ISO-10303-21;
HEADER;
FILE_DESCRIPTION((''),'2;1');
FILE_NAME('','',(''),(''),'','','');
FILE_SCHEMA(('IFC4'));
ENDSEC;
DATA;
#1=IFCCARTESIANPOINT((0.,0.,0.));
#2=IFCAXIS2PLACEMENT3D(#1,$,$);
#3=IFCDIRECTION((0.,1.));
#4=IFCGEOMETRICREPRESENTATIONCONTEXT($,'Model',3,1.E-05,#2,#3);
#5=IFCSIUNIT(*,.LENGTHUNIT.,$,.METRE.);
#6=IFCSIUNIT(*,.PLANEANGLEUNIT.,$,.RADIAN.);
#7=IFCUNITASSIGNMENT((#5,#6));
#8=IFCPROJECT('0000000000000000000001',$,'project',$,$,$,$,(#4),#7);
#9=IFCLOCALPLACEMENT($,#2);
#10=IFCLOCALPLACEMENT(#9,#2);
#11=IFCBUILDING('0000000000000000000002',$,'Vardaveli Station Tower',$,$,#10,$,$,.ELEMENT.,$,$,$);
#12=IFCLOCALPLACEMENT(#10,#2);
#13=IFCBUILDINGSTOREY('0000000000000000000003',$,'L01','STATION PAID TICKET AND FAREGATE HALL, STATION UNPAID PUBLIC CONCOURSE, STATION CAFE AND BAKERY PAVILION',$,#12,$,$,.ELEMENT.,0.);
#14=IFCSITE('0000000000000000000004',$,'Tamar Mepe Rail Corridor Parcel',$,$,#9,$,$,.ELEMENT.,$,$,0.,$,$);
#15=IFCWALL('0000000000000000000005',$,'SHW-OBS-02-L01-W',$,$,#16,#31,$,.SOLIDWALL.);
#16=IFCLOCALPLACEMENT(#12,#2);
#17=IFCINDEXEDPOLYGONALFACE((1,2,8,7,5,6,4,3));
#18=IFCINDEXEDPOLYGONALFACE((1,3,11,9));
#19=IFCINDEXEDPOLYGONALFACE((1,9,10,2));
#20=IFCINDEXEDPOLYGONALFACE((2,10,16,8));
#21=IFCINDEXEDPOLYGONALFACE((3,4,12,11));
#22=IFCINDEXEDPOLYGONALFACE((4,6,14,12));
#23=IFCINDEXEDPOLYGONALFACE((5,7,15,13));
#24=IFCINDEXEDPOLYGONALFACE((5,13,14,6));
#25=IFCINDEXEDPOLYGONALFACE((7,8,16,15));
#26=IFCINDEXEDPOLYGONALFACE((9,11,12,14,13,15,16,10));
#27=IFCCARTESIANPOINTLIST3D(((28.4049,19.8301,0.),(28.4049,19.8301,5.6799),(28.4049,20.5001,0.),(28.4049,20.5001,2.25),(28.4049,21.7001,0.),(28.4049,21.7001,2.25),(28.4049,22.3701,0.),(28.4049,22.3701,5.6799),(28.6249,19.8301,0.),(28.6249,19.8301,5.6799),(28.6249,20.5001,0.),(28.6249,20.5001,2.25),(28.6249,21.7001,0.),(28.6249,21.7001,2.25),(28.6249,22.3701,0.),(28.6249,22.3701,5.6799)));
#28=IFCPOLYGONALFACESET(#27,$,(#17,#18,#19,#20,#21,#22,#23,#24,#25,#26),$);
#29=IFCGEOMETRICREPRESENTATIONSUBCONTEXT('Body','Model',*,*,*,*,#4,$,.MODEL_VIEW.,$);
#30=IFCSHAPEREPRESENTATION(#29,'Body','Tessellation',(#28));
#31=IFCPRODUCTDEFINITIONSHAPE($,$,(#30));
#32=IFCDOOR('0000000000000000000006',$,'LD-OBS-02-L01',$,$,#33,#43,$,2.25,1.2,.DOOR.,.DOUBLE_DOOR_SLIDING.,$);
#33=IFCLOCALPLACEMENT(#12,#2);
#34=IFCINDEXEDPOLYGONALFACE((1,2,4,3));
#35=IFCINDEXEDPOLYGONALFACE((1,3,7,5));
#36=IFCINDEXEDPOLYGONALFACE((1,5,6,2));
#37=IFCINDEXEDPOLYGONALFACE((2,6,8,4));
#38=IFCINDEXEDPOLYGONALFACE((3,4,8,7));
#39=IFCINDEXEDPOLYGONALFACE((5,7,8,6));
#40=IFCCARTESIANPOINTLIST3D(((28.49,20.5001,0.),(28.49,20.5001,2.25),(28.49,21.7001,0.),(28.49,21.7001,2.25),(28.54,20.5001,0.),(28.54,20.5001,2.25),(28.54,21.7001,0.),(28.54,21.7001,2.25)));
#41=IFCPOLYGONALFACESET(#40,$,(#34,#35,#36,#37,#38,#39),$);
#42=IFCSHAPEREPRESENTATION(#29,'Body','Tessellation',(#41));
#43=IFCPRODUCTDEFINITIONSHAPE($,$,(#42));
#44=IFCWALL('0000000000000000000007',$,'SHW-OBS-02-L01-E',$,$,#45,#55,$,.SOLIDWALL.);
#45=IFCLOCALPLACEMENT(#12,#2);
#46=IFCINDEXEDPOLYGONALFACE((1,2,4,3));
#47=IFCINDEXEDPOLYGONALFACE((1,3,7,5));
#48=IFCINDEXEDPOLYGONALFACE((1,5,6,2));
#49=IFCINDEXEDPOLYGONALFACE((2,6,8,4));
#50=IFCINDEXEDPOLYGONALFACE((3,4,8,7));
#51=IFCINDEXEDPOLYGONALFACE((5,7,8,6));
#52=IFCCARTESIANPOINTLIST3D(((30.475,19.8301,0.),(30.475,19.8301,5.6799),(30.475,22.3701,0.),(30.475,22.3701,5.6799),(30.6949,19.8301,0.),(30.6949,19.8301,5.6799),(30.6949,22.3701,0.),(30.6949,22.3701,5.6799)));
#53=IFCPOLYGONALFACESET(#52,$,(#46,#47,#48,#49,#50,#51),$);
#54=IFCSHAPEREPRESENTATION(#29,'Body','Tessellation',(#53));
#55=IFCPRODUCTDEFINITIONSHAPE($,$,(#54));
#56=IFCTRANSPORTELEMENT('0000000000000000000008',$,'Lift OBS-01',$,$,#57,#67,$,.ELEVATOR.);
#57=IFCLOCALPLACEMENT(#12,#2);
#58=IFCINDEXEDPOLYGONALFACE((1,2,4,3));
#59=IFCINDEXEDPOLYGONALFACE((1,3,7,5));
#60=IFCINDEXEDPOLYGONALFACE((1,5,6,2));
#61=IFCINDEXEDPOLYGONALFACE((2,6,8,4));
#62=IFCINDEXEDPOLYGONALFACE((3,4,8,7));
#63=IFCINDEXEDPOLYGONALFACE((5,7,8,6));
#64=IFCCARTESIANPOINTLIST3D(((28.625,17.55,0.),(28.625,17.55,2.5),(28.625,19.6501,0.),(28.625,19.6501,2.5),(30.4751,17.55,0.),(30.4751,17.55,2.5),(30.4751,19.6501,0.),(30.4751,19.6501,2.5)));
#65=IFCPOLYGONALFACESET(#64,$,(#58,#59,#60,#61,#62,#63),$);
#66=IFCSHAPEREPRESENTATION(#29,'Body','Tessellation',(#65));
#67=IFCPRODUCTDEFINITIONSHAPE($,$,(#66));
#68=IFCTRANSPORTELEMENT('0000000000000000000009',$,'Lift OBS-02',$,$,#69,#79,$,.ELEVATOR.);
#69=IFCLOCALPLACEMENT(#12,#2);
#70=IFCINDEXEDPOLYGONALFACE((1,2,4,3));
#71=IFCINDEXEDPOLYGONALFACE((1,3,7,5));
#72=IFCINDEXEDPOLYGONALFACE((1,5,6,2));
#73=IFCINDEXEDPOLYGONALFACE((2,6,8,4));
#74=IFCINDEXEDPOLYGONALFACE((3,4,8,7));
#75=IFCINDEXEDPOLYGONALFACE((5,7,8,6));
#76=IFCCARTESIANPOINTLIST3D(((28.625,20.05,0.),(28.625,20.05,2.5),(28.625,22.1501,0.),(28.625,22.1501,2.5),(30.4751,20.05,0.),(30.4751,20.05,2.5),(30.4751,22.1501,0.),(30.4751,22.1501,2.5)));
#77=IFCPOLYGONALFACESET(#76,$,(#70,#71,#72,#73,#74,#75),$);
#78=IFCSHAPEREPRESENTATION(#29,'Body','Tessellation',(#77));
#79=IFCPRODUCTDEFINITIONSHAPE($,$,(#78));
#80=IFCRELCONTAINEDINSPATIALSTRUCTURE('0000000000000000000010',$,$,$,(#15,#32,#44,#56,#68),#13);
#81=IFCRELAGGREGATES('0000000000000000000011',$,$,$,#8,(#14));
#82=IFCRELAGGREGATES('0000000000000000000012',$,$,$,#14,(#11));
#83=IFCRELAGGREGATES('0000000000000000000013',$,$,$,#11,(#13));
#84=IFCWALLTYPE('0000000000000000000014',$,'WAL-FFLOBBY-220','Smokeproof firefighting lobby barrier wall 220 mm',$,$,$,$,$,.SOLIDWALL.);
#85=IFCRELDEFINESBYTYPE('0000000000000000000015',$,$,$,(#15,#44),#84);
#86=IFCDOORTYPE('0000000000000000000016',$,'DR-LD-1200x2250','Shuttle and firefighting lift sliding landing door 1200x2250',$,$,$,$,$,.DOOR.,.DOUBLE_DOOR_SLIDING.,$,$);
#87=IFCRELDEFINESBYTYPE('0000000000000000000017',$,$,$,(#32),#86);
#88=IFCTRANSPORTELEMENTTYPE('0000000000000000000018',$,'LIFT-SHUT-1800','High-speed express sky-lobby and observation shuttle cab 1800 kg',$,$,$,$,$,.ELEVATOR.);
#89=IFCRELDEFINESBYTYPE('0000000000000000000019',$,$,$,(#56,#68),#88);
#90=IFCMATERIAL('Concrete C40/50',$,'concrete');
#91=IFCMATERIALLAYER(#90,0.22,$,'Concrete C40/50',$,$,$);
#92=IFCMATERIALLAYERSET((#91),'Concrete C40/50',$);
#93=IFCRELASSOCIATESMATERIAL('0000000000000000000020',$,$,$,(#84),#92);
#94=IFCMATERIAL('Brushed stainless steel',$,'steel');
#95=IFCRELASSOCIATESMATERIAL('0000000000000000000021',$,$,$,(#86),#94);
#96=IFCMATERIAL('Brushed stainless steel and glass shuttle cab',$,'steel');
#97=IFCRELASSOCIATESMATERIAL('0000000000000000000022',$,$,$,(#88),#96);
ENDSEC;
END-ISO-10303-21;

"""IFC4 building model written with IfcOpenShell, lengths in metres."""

from ifc_helpers import new_model, si_unit, direction, frame, frame_2d, origin, origin_2d, place, context, subcontext, project, spatial, rectangle, extrude, source, transform, mapped, material, layer, layer_set, type_object, element, fill, save


model = new_model("IFC4")

# Units and contexts
model_context = context("Model", 3, precision=1e-05, world=origin(), true_north=direction((0.0, 1.0)))
body_context = subcontext(model_context, "Body", "Model", "MODEL_VIEW")
ifc_project = project(units=[si_unit("LENGTHUNIT", "METRE"), si_unit("PLANEANGLEUNIT", "RADIAN")], contexts=[model_context])

# Site, building, storey
site_placement = place(None, origin())
site = spatial("IfcSite", under=ifc_project, at=site_placement, Name="Tamar Mepe Rail Corridor Parcel", CompositionType="ELEMENT", RefElevation=0.0)
building_placement = place(site_placement, origin())
building = spatial("IfcBuilding", under=site, at=building_placement, Name="Vardaveli Station Tower", CompositionType="ELEMENT")
storey_placement = place(building_placement, origin())
storey = spatial("IfcBuildingStorey", under=building, at=storey_placement, Name="L01", Description="STATION PAID TICKET AND FAREGATE HALL, STATION UNPAID PUBLIC CONCOURSE, STATION CAFE AND BAKERY PAVILION", CompositionType="ELEMENT", Elevation=0.0)

# Shared definitions
ifc_material_1 = material(Name="Concrete C40/50", Category="concrete")
ifc_layer = layer(ifc_material_1, 0.22, Name="Concrete C40/50")
ifc_layer_set = layer_set([ifc_layer], Name="Concrete C40/50")
wall_type = type_object("IfcWallType", Name="WAL-FFLOBBY-220", Description="Smokeproof firefighting lobby barrier wall 220 mm", PredefinedType="SOLIDWALL", material=ifc_layer_set)

# Shared definitions
shared_shape_1 = source(origin(), body_context, "Body", "SweptSolid", [
    extrude(rectangle(XDim=2.54, YDim=0.22, at=frame_2d((1.27, 0.0))), origin(), (0.0, 0.0, 1.0), 5.6799),
])
shared_shape_2 = source(origin(), body_context, "Body", "SweptSolid", [
    extrude(rectangle(XDim=1.2, YDim=2.25, at=frame_2d((0.6001, 1.125))), frame((0.0, 0.1201, 0.0), z_axis=(0.0, -1.0, 0.0), x_axis=(1.0, 0.0, 0.0)), (0.0, 0.0, 1.0), 0.24),
])
ifc_material_2 = material(Name="Brushed stainless steel", Category="steel")
door_type = type_object("IfcDoorType", Name="DR-LD-1200x2250", Description="Shuttle and firefighting lift sliding landing door 1200x2250", OperationType="DOUBLE_DOOR_SLIDING", PredefinedType="DOOR", material=ifc_material_2)
shared_shape_3 = source(origin(), body_context, "Body", "SweptSolid", [
    extrude(rectangle(XDim=1.2, YDim=2.25, at=frame_2d((0.6001, 1.125))), frame((0.0, 0.0249, 0.0), z_axis=(0.0, -1.0, 0.0), x_axis=(1.0, 0.0, 0.0)), (0.0, 0.0, 1.0), 0.05),
])

# Wall, opening, door
wall_1_placement = place(storey_placement, frame((28.5149, 19.8301, 0.0), z_axis=(0.0, 0.0, 1.0), x_axis=(0.0, 1.0, 0.0)))
wall_1 = element("IfcWall", 1, at=wall_1_placement, inside=storey, type_object=wall_type, Name="SHW-OBS-02-L01-W", PredefinedType="SOLIDWALL", context=body_context, shape_type="MappedRepresentation", body=[
    mapped(shared_shape_1, transform((0.0, 0.0, 0.0), scale=1.0)),
])
opening_1_placement = place(wall_1_placement, frame((0.6699, 0.0, 0.0)))
opening_1 = element("IfcOpeningElement", 2, at=opening_1_placement, cuts=wall_1, PredefinedType="OPENING", context=body_context, shape_type="MappedRepresentation", body=[
    mapped(shared_shape_2, transform((0.0, 0.0, 0.0), scale=1.0)),
])
door_1_placement = place(opening_1_placement, origin())
door_1 = element("IfcDoor", 3, at=door_1_placement, inside=storey, type_object=door_type, Name="LD-OBS-02-L01", OperationType="DOUBLE_DOOR_SLIDING", OverallHeight=2.25, OverallWidth=1.2, PredefinedType="DOOR", context=body_context, shape_type="MappedRepresentation", body=[
    mapped(shared_shape_3, transform((0.0, 0.0, 0.0), scale=1.0)),
])
fill(opening_1, door_1)

# Wall
wall_2_placement = place(storey_placement, frame((30.585, 19.8301, 0.0), z_axis=(0.0, 0.0, 1.0), x_axis=(0.0, 1.0, 0.0)))
element("IfcWall", 4, at=wall_2_placement, inside=storey, type_object=wall_type, Name="SHW-OBS-02-L01-E", PredefinedType="SOLIDWALL", context=body_context, shape_type="MappedRepresentation", body=[
    mapped(shared_shape_1, transform((0.0, 0.0, 0.0), scale=1.0)),
])

# Transport elements
ifc_material_3 = material(Name="Brushed stainless steel and glass shuttle cab", Category="steel")
transport_element_type = type_object("IfcTransportElementType", Name="LIFT-SHUT-1800", Description="High-speed express sky-lobby and observation shuttle cab 1800 kg", PredefinedType="ELEVATOR", material=ifc_material_3)
shared_shape_4 = source(origin(), body_context, "Body", "SweptSolid", [
    extrude(rectangle(XDim=1.8501, YDim=2.1001, at=origin_2d()), origin(), (0.0, 0.0, 1.0), 2.5),
])
for number, where, z_axis, x_axis, name in (
    (5, (29.55, 18.6001, 0.0), (0.0, 0.0, 1.0), (1.0, 0.0, 0.0), "Lift OBS-01"),
    (6, (29.55, 21.1001, 0.0), (0.0, 0.0, 1.0), (1.0, 0.0, 0.0), "Lift OBS-02"),
):
    element("IfcTransportElement", number, at=place(storey_placement, frame(where, z_axis=z_axis, x_axis=x_axis)), inside=storey, type_object=transport_element_type, Name=name, PredefinedType="ELEVATOR", context=body_context, shape_type="MappedRepresentation", body=[
        mapped(shared_shape_4, transform((0.0, 0.0, 0.0), scale=1.0)),
    ])

save(model, "model.ifc")
